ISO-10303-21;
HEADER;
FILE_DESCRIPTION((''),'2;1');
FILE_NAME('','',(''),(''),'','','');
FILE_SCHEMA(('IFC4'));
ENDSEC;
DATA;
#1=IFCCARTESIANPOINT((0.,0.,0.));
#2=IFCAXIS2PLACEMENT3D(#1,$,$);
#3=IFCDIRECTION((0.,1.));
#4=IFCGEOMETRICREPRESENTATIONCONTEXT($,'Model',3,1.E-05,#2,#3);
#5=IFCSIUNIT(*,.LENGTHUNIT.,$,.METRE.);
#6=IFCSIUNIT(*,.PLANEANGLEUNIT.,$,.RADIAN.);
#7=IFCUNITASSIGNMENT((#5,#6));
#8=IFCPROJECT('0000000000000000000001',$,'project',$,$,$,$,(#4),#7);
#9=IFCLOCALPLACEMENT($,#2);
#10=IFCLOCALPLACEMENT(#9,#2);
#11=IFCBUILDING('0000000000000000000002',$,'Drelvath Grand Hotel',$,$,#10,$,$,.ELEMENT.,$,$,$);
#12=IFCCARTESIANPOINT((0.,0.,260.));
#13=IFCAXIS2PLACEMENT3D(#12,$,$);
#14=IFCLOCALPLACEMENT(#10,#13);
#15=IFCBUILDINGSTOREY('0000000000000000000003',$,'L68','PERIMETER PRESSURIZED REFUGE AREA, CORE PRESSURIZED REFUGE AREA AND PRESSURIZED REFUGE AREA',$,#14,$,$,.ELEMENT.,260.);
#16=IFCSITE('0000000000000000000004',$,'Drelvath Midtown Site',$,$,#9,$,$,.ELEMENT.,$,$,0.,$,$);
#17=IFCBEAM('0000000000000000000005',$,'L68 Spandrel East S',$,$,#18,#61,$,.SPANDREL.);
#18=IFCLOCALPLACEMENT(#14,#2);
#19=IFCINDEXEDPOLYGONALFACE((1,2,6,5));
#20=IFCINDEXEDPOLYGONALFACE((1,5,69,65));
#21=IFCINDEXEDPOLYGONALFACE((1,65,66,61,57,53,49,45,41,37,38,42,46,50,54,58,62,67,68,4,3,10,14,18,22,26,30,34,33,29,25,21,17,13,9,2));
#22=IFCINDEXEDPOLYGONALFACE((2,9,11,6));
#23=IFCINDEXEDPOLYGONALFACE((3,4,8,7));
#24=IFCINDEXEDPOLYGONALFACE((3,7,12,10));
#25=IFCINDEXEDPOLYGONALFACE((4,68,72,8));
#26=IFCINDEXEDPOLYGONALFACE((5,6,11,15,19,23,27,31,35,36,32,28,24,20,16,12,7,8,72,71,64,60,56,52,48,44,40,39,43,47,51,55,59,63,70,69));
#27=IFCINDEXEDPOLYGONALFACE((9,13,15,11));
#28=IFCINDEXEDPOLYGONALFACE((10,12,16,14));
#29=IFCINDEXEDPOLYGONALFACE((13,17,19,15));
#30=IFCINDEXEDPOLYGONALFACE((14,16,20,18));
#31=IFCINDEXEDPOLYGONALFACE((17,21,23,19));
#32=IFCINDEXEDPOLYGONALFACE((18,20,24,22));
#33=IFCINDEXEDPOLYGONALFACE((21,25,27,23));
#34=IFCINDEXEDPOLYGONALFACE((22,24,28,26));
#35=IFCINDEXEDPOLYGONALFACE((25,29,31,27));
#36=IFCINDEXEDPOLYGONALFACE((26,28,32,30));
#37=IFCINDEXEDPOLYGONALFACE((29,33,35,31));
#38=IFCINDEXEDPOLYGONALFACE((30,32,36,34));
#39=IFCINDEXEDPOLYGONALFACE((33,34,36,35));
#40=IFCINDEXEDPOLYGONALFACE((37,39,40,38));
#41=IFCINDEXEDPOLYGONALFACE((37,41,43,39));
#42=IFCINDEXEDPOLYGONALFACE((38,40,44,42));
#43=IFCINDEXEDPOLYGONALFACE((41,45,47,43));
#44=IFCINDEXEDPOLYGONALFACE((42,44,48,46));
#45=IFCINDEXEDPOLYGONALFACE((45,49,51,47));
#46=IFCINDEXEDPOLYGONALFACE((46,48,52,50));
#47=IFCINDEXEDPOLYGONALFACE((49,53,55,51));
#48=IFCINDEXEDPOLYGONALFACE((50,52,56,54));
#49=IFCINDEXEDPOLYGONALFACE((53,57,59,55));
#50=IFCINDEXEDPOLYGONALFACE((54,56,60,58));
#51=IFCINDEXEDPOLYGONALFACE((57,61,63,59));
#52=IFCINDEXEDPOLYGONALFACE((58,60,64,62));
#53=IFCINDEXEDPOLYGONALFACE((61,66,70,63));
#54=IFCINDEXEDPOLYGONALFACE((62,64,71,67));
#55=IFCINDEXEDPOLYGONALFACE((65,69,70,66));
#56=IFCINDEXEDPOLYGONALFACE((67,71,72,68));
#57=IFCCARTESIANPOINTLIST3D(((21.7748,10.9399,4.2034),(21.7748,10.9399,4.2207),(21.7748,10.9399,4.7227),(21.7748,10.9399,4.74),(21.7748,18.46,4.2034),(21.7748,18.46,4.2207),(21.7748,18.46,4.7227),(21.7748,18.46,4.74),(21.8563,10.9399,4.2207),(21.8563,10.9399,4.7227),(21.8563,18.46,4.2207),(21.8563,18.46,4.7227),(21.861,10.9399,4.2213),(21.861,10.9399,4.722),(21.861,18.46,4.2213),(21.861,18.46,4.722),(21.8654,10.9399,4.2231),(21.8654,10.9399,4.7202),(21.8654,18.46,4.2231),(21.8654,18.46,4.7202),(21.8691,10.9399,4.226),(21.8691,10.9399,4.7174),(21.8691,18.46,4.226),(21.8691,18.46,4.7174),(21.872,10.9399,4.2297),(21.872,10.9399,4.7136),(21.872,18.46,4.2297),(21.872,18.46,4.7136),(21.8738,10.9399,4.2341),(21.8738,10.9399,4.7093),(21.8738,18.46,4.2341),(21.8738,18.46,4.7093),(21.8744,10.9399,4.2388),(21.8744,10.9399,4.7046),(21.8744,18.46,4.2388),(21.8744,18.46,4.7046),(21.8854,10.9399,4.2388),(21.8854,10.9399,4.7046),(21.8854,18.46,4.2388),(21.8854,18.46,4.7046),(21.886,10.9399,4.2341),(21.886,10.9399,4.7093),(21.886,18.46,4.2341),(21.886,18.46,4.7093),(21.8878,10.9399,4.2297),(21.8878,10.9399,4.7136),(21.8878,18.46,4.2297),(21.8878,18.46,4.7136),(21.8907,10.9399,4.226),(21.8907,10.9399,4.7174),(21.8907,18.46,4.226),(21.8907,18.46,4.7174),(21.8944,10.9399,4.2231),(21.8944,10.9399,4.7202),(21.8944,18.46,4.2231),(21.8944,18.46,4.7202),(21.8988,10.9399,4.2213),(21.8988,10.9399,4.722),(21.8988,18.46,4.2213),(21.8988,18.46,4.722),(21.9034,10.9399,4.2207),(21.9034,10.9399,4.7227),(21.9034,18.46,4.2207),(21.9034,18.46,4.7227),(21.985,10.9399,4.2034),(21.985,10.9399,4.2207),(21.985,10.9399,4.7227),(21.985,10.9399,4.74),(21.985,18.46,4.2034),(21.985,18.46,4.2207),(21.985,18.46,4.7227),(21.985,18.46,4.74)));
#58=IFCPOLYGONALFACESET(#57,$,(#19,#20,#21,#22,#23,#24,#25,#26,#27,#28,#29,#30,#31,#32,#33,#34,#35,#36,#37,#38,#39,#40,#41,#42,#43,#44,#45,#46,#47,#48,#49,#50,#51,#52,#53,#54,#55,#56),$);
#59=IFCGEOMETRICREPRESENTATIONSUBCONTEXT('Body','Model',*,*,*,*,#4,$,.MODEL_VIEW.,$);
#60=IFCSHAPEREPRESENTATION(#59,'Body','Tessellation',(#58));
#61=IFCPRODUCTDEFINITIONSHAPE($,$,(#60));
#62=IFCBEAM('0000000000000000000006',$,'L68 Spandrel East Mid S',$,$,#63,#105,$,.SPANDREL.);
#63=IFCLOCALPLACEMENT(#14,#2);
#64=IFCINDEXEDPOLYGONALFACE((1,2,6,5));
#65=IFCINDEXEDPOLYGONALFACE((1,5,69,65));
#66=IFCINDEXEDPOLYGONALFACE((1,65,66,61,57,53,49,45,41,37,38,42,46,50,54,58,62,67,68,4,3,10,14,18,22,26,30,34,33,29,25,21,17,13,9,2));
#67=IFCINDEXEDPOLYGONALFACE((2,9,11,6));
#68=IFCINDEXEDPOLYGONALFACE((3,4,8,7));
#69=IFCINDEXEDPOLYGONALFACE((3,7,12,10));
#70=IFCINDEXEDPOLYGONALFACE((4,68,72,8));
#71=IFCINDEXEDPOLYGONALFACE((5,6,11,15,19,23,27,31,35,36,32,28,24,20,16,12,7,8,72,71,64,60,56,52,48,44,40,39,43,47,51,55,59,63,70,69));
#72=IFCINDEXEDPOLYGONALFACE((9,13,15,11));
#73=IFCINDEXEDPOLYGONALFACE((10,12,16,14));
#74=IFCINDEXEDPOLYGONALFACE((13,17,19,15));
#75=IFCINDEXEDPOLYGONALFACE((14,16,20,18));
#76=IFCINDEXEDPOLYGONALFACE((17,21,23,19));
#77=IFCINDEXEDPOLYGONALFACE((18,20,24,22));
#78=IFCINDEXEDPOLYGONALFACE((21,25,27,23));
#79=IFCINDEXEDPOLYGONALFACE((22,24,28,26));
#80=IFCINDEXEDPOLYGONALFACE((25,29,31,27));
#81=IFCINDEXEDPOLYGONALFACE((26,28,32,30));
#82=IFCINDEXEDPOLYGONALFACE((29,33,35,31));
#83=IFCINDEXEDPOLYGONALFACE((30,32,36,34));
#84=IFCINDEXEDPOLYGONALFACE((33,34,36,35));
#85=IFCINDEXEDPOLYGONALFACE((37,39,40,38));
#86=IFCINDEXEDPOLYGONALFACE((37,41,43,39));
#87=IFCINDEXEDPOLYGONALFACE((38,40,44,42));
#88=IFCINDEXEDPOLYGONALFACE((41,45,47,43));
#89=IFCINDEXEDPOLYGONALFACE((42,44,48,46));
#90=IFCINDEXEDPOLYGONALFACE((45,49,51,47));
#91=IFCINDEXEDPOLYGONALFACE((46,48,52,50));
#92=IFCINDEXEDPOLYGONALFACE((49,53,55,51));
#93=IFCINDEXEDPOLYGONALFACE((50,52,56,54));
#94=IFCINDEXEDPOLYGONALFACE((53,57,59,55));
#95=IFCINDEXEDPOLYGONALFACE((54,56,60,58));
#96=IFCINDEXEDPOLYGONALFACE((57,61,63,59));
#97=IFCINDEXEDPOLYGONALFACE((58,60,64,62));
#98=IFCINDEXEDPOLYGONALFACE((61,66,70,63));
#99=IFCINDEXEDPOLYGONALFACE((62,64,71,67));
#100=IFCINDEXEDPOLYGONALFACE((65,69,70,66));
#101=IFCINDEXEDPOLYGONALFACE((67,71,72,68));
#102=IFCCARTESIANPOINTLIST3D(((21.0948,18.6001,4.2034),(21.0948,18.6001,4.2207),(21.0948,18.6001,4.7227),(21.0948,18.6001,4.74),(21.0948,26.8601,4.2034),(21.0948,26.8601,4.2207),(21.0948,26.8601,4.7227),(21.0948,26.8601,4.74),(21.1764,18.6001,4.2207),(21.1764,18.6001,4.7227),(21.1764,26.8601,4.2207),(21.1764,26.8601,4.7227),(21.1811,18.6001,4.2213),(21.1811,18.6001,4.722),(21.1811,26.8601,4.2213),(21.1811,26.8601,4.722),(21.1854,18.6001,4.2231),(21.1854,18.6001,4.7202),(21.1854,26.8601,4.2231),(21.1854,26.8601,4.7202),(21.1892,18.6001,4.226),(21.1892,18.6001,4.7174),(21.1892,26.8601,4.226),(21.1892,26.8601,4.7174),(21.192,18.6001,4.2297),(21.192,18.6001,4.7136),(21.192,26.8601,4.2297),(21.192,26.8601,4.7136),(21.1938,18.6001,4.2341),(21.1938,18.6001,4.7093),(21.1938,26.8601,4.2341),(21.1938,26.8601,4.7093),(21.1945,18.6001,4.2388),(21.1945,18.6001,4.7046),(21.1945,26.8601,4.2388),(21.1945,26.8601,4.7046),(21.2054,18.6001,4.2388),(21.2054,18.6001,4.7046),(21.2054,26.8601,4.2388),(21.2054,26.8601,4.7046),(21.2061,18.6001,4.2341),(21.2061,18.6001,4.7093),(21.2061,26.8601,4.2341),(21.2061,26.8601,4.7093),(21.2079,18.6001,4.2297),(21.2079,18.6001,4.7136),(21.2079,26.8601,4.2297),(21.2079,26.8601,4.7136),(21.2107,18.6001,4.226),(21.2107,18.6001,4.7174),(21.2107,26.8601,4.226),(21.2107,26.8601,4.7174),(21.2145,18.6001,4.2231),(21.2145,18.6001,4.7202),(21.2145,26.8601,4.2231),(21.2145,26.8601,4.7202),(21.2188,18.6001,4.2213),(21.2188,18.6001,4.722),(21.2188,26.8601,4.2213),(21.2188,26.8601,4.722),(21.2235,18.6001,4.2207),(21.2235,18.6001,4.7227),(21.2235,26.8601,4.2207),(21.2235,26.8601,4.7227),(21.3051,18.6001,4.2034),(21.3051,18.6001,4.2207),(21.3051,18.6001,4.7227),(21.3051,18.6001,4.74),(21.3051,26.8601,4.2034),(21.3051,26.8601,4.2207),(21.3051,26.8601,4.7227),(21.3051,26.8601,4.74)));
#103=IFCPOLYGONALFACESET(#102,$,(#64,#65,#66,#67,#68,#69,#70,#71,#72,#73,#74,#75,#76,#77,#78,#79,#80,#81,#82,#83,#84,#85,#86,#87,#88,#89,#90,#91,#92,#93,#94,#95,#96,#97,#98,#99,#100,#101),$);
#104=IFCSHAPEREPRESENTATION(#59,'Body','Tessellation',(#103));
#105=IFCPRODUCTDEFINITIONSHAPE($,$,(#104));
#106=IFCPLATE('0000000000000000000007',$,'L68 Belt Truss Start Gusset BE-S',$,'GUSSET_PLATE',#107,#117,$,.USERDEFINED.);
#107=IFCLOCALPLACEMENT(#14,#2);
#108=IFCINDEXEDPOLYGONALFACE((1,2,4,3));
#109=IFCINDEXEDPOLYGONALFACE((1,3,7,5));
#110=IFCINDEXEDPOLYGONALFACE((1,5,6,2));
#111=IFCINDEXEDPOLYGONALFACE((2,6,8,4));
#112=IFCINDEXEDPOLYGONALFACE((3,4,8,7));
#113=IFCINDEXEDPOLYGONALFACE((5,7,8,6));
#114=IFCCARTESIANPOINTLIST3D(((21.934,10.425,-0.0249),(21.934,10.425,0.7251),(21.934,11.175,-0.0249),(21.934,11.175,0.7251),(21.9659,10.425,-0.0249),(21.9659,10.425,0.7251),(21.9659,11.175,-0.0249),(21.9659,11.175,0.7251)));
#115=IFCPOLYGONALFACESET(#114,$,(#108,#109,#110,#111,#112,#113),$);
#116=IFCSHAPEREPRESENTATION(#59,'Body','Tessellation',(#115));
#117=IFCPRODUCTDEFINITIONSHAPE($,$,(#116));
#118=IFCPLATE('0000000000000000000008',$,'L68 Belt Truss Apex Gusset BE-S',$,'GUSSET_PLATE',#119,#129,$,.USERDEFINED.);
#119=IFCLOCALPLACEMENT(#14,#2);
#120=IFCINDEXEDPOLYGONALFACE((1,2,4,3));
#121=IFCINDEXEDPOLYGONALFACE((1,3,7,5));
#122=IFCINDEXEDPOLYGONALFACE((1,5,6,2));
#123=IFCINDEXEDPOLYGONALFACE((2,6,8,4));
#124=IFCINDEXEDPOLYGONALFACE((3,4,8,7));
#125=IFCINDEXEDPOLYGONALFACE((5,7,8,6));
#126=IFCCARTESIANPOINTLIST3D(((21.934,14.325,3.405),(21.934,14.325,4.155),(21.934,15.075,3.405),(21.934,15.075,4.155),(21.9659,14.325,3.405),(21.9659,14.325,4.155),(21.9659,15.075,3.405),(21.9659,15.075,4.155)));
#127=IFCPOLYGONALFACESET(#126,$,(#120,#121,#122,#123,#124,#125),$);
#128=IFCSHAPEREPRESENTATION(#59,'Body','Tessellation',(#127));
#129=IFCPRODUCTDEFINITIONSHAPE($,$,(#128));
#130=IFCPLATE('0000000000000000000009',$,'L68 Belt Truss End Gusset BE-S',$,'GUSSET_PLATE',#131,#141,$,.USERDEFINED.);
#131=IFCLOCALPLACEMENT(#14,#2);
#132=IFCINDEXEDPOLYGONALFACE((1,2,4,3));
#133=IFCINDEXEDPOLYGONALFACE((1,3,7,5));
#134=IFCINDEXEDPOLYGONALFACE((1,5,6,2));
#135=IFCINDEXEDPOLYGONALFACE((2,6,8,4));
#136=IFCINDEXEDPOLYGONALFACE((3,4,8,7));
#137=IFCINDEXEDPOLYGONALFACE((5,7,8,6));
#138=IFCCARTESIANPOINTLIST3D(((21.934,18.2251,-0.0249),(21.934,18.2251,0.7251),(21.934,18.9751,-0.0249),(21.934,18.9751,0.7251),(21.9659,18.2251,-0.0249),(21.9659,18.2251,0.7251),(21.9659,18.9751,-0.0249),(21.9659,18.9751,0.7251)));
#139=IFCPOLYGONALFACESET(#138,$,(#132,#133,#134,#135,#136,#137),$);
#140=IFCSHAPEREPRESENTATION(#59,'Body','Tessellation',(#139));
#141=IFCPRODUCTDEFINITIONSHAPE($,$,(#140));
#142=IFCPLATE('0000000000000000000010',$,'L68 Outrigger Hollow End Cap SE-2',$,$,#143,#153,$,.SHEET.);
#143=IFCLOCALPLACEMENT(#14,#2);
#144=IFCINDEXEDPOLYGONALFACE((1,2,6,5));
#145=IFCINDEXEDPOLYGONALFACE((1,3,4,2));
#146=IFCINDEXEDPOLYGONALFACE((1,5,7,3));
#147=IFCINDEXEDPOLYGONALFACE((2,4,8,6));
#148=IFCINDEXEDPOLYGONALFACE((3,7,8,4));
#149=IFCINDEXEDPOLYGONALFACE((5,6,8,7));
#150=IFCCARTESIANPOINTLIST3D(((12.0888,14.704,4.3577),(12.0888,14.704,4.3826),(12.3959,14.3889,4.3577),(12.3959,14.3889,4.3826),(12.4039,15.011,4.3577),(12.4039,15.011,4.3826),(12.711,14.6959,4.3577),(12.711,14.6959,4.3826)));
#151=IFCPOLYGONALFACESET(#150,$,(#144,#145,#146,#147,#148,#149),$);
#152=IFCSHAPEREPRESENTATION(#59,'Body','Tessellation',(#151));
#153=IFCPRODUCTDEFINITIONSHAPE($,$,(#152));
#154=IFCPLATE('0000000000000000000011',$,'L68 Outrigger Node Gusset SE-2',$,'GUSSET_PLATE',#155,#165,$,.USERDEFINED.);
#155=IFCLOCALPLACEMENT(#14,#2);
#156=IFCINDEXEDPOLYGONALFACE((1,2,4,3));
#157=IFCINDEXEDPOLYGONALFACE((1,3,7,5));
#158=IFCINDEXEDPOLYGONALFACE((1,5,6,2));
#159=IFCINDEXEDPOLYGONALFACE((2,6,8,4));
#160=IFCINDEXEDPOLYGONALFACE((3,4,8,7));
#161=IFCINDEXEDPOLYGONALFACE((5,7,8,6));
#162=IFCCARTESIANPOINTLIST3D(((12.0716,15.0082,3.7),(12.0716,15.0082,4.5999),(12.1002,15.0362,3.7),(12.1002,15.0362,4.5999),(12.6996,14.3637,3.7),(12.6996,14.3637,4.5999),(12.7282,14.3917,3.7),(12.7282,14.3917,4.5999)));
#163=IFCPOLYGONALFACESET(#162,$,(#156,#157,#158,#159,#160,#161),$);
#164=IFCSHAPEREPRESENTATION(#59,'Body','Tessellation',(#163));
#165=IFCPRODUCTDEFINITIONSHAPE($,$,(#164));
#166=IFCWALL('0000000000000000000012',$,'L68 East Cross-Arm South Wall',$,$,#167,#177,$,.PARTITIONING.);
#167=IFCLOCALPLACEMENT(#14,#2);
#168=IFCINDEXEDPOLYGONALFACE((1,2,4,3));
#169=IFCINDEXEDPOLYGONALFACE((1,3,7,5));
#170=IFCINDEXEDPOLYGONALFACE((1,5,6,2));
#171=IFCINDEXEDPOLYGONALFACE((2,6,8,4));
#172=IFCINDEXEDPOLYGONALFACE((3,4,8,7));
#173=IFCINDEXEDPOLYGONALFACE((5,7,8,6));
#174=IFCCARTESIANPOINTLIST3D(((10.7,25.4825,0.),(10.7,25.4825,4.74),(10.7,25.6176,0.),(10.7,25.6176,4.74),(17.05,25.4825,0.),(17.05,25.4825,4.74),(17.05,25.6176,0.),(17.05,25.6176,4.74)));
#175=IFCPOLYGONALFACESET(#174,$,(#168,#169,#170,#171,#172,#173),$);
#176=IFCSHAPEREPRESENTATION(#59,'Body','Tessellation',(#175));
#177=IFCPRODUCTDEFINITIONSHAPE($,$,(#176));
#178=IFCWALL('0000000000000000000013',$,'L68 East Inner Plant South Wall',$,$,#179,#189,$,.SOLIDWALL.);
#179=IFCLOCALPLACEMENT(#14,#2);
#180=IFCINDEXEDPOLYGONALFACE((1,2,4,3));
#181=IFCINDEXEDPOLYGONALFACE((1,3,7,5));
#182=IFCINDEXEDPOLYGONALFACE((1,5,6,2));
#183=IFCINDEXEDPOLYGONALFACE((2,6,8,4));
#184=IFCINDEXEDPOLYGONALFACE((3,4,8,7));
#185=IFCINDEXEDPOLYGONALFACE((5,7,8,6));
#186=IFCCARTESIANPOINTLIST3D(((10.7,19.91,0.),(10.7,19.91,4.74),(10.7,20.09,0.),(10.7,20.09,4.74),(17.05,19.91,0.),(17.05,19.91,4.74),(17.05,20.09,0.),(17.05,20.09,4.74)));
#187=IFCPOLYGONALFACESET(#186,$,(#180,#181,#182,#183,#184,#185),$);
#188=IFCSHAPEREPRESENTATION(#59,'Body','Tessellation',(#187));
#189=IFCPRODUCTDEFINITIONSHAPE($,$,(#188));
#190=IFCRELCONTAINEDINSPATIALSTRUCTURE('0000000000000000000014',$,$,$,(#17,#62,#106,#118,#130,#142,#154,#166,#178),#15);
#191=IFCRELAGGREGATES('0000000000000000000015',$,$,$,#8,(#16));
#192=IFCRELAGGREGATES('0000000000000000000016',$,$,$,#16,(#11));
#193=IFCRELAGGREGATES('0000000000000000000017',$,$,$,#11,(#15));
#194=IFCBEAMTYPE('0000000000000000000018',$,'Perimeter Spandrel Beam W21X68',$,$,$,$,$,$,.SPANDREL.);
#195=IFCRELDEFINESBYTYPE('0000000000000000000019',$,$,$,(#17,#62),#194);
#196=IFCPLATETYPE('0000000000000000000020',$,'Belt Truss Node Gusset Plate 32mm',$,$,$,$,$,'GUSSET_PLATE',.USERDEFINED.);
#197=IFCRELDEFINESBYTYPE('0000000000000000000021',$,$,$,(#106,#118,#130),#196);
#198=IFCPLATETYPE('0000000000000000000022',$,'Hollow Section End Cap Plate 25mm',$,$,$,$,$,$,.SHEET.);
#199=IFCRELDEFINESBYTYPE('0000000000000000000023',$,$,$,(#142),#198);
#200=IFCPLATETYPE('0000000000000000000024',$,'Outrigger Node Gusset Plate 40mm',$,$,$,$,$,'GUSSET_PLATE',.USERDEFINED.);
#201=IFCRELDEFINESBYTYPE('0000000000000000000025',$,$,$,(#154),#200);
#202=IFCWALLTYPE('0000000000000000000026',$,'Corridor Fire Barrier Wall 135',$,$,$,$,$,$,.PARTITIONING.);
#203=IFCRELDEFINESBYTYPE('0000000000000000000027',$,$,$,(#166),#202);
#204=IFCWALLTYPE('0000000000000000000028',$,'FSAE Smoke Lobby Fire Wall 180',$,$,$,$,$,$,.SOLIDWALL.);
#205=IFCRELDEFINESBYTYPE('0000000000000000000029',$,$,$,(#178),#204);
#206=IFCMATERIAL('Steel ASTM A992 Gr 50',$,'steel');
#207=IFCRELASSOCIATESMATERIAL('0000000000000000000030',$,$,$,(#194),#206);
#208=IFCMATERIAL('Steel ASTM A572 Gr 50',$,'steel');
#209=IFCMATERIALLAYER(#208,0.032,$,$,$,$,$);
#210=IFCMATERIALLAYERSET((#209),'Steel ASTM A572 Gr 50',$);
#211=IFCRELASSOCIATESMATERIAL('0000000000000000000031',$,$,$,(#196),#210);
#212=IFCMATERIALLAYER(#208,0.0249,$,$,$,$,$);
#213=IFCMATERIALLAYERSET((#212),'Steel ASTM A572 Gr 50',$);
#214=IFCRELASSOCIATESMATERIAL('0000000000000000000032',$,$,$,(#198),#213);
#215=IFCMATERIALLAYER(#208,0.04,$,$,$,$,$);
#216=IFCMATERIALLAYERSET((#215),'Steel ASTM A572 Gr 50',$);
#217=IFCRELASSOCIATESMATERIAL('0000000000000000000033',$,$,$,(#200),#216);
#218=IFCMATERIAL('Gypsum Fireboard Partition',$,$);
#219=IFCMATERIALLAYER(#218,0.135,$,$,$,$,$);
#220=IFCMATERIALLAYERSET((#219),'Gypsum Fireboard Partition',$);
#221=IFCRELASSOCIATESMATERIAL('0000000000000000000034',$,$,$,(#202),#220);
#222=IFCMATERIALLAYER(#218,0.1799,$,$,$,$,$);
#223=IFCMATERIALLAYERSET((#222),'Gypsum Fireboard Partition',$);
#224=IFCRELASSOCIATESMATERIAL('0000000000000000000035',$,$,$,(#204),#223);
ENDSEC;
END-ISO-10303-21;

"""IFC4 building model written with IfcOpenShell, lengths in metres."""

from ifc_helpers import new_model, si_unit, direction, frame, frame_2d, origin, origin_2d, place, context, subcontext, project, spatial, rectangle, i_section, extrude, material, layer, layer_set, material_profile, profile_set, type_object, element, save


model = new_model("IFC4")

# Units and contexts
model_context = context("Model", 3, precision=1e-05, world=origin(), true_north=direction((0.0, 1.0)))
body_context = subcontext(model_context, "Body", "Model", "MODEL_VIEW")
ifc_project = project(units=[si_unit("LENGTHUNIT", "METRE"), si_unit("PLANEANGLEUNIT", "RADIAN")], contexts=[model_context])

# Site, building, storey
site_placement = place(None, origin())
site = spatial("IfcSite", under=ifc_project, at=site_placement, Name="Drelvath Midtown Site", CompositionType="ELEMENT", RefElevation=0.0)
building_placement = place(site_placement, origin())
building = spatial("IfcBuilding", under=site, at=building_placement, Name="Drelvath Grand Hotel", CompositionType="ELEMENT")
storey_placement = place(building_placement, frame((0.0, 0.0, 260.0)))
storey = spatial("IfcBuildingStorey", under=building, at=storey_placement, Name="L68", Description="PERIMETER PRESSURIZED REFUGE AREA, CORE PRESSURIZED REFUGE AREA AND PRESSURIZED REFUGE AREA", CompositionType="ELEMENT", Elevation=260.0)

# Shared definitions
ifc_material_1 = material(Name="Steel ASTM A572 Gr 50", Category="steel")

# Beams
ifc_material_2 = material(Name="Steel ASTM A992 Gr 50", Category="steel")
ifc_material_profile_1 = material_profile(ifc_material_2, i_section(OverallWidth=0.2102, OverallDepth=0.5366, WebThickness=0.011, FlangeThickness=0.0173, FilletRadius=0.0181, at=origin_2d()), Name="W21X68")
ifc_profile_set_1 = profile_set([ifc_material_profile_1], Name="Steel ASTM A992 Gr 50")
beam_type_1 = type_object("IfcBeamType", Name="Perimeter Spandrel Beam W21X68", PredefinedType="SPANDREL", material=ifc_profile_set_1)
beam_1_placement = place(storey_placement, frame((21.8799, 10.9399, 4.4717), z_axis=(0.0, 1.0, 0.0), x_axis=(-1.0, 0.0, 0.0)))
element("IfcBeam", 1, at=beam_1_placement, inside=storey, type_object=beam_type_1, Name="L68 Spandrel East S", PredefinedType="SPANDREL", context=body_context, shape_type="SweptSolid", body=[
    extrude(i_section(OverallWidth=0.2102, OverallDepth=0.5366, WebThickness=0.011, FlangeThickness=0.0173, FilletRadius=0.0181, at=origin_2d()), origin(), (0.0, 0.0, 1.0), 7.52),
])
beam_2_placement = place(storey_placement, frame((21.2, 18.6001, 4.4717), z_axis=(0.0, 1.0, 0.0), x_axis=(-1.0, 0.0, 0.0)))
element("IfcBeam", 2, at=beam_2_placement, inside=storey, type_object=beam_type_1, Name="L68 Spandrel East Mid S", PredefinedType="SPANDREL", context=body_context, shape_type="SweptSolid", body=[
    extrude(i_section(OverallWidth=0.2102, OverallDepth=0.5366, WebThickness=0.011, FlangeThickness=0.0173, FilletRadius=0.0181, at=origin_2d()), origin(), (0.0, 0.0, 1.0), 8.26),
])

# Plates
ifc_layer_1 = layer(ifc_material_1, 0.032)
ifc_layer_set_1 = layer_set([ifc_layer_1], Name="Steel ASTM A572 Gr 50")
plate_type_1 = type_object("IfcPlateType", Name="Belt Truss Node Gusset Plate 32mm", ElementType="GUSSET_PLATE", PredefinedType="USERDEFINED", material=ifc_layer_set_1)
for number, where, z_axis, x_axis, name in (
    (3, (21.95, 10.8, -0.0249), (0.0, 0.0, 1.0), (0.0, 1.0, 0.0), "L68 Belt Truss Start Gusset BE-S"),
    (4, (21.95, 14.7, 3.405), (0.0, 0.0, 1.0), (0.0, 1.0, 0.0), "L68 Belt Truss Apex Gusset BE-S"),
    (5, (21.95, 18.6001, -0.0249), (0.0, 0.0, 1.0), (0.0, 1.0, 0.0), "L68 Belt Truss End Gusset BE-S"),
):
    element("IfcPlate", number, at=place(storey_placement, frame(where, z_axis=z_axis, x_axis=x_axis)), inside=storey, type_object=plate_type_1, Name=name, ObjectType="GUSSET_PLATE", PredefinedType="USERDEFINED", context=body_context, shape_type="SweptSolid", body=[
        extrude(rectangle(XDim=0.75, YDim=0.032, at=origin_2d()), origin(), (0.0, 0.0, 1.0), 0.75),
    ])
ifc_layer_2 = layer(ifc_material_1, 0.0249)
ifc_layer_set_2 = layer_set([ifc_layer_2], Name="Steel ASTM A572 Gr 50")
plate_type_2 = type_object("IfcPlateType", Name="Hollow Section End Cap Plate 25mm", PredefinedType="SHEET", material=ifc_layer_set_2)
plate_1_placement = place(storey_placement, frame((12.3999, 14.7, 4.3577), z_axis=(0.0, 0.0, 1.0), x_axis=(0.697865, -0.71623, 0.0)))
element("IfcPlate", 6, at=plate_1_placement, inside=storey, type_object=plate_type_2, Name="L68 Outrigger Hollow End Cap SE-2", PredefinedType="SHEET", context=body_context, shape_type="SweptSolid", body=[
    extrude(rectangle(XDim=0.4399, YDim=0.4399, at=origin_2d()), origin(), (0.0, 0.0, 1.0), 0.0249),
])
ifc_layer_3 = layer(ifc_material_1, 0.04)
ifc_layer_set_3 = layer_set([ifc_layer_3], Name="Steel ASTM A572 Gr 50")
plate_type_3 = type_object("IfcPlateType", Name="Outrigger Node Gusset Plate 40mm", ElementType="GUSSET_PLATE", PredefinedType="USERDEFINED", material=ifc_layer_set_3)
plate_2_placement = place(storey_placement, frame((12.3999, 14.7, 3.7), z_axis=(0.0, 0.0, 1.0), x_axis=(0.697865, -0.71623, 0.0)))
element("IfcPlate", 7, at=plate_2_placement, inside=storey, type_object=plate_type_3, Name="L68 Outrigger Node Gusset SE-2", ObjectType="GUSSET_PLATE", PredefinedType="USERDEFINED", context=body_context, shape_type="SweptSolid", body=[
    extrude(rectangle(XDim=0.8999, YDim=0.04, at=origin_2d()), origin(), (0.0, 0.0, 1.0), 0.8999),
])

# Walls
ifc_material_3 = material(Name="Gypsum Fireboard Partition")
ifc_layer_4 = layer(ifc_material_3, 0.135)
ifc_layer_set_4 = layer_set([ifc_layer_4], Name="Gypsum Fireboard Partition")
wall_type_1 = type_object("IfcWallType", Name="Corridor Fire Barrier Wall 135", PredefinedType="PARTITIONING", material=ifc_layer_set_4)
wall_1_placement = place(storey_placement, frame((10.7, 25.55, 0.0), z_axis=(0.0, 0.0, 1.0), x_axis=(1.0, 0.0, 0.0)))
element("IfcWall", 8, at=wall_1_placement, inside=storey, type_object=wall_type_1, Name="L68 East Cross-Arm South Wall", PredefinedType="PARTITIONING", context=body_context, shape_type="SweptSolid", body=[
    extrude(rectangle(XDim=6.3501, YDim=0.135, at=frame_2d((3.175, 0.0))), origin(), (0.0, 0.0, 1.0), 4.74),
])
ifc_layer_5 = layer(ifc_material_3, 0.1799)
ifc_layer_set_5 = layer_set([ifc_layer_5], Name="Gypsum Fireboard Partition")
wall_type_2 = type_object("IfcWallType", Name="FSAE Smoke Lobby Fire Wall 180", PredefinedType="SOLIDWALL", material=ifc_layer_set_5)
wall_2_placement = place(storey_placement, frame((10.7, 20.0, 0.0), z_axis=(0.0, 0.0, 1.0), x_axis=(1.0, 0.0, 0.0)))
element("IfcWall", 9, at=wall_2_placement, inside=storey, type_object=wall_type_2, Name="L68 East Inner Plant South Wall", PredefinedType="SOLIDWALL", context=body_context, shape_type="SweptSolid", body=[
    extrude(rectangle(XDim=6.3501, YDim=0.1799, at=frame_2d((3.175, 0.0))), origin(), (0.0, 0.0, 1.0), 4.74),
])

save(model, "model.ifc")
